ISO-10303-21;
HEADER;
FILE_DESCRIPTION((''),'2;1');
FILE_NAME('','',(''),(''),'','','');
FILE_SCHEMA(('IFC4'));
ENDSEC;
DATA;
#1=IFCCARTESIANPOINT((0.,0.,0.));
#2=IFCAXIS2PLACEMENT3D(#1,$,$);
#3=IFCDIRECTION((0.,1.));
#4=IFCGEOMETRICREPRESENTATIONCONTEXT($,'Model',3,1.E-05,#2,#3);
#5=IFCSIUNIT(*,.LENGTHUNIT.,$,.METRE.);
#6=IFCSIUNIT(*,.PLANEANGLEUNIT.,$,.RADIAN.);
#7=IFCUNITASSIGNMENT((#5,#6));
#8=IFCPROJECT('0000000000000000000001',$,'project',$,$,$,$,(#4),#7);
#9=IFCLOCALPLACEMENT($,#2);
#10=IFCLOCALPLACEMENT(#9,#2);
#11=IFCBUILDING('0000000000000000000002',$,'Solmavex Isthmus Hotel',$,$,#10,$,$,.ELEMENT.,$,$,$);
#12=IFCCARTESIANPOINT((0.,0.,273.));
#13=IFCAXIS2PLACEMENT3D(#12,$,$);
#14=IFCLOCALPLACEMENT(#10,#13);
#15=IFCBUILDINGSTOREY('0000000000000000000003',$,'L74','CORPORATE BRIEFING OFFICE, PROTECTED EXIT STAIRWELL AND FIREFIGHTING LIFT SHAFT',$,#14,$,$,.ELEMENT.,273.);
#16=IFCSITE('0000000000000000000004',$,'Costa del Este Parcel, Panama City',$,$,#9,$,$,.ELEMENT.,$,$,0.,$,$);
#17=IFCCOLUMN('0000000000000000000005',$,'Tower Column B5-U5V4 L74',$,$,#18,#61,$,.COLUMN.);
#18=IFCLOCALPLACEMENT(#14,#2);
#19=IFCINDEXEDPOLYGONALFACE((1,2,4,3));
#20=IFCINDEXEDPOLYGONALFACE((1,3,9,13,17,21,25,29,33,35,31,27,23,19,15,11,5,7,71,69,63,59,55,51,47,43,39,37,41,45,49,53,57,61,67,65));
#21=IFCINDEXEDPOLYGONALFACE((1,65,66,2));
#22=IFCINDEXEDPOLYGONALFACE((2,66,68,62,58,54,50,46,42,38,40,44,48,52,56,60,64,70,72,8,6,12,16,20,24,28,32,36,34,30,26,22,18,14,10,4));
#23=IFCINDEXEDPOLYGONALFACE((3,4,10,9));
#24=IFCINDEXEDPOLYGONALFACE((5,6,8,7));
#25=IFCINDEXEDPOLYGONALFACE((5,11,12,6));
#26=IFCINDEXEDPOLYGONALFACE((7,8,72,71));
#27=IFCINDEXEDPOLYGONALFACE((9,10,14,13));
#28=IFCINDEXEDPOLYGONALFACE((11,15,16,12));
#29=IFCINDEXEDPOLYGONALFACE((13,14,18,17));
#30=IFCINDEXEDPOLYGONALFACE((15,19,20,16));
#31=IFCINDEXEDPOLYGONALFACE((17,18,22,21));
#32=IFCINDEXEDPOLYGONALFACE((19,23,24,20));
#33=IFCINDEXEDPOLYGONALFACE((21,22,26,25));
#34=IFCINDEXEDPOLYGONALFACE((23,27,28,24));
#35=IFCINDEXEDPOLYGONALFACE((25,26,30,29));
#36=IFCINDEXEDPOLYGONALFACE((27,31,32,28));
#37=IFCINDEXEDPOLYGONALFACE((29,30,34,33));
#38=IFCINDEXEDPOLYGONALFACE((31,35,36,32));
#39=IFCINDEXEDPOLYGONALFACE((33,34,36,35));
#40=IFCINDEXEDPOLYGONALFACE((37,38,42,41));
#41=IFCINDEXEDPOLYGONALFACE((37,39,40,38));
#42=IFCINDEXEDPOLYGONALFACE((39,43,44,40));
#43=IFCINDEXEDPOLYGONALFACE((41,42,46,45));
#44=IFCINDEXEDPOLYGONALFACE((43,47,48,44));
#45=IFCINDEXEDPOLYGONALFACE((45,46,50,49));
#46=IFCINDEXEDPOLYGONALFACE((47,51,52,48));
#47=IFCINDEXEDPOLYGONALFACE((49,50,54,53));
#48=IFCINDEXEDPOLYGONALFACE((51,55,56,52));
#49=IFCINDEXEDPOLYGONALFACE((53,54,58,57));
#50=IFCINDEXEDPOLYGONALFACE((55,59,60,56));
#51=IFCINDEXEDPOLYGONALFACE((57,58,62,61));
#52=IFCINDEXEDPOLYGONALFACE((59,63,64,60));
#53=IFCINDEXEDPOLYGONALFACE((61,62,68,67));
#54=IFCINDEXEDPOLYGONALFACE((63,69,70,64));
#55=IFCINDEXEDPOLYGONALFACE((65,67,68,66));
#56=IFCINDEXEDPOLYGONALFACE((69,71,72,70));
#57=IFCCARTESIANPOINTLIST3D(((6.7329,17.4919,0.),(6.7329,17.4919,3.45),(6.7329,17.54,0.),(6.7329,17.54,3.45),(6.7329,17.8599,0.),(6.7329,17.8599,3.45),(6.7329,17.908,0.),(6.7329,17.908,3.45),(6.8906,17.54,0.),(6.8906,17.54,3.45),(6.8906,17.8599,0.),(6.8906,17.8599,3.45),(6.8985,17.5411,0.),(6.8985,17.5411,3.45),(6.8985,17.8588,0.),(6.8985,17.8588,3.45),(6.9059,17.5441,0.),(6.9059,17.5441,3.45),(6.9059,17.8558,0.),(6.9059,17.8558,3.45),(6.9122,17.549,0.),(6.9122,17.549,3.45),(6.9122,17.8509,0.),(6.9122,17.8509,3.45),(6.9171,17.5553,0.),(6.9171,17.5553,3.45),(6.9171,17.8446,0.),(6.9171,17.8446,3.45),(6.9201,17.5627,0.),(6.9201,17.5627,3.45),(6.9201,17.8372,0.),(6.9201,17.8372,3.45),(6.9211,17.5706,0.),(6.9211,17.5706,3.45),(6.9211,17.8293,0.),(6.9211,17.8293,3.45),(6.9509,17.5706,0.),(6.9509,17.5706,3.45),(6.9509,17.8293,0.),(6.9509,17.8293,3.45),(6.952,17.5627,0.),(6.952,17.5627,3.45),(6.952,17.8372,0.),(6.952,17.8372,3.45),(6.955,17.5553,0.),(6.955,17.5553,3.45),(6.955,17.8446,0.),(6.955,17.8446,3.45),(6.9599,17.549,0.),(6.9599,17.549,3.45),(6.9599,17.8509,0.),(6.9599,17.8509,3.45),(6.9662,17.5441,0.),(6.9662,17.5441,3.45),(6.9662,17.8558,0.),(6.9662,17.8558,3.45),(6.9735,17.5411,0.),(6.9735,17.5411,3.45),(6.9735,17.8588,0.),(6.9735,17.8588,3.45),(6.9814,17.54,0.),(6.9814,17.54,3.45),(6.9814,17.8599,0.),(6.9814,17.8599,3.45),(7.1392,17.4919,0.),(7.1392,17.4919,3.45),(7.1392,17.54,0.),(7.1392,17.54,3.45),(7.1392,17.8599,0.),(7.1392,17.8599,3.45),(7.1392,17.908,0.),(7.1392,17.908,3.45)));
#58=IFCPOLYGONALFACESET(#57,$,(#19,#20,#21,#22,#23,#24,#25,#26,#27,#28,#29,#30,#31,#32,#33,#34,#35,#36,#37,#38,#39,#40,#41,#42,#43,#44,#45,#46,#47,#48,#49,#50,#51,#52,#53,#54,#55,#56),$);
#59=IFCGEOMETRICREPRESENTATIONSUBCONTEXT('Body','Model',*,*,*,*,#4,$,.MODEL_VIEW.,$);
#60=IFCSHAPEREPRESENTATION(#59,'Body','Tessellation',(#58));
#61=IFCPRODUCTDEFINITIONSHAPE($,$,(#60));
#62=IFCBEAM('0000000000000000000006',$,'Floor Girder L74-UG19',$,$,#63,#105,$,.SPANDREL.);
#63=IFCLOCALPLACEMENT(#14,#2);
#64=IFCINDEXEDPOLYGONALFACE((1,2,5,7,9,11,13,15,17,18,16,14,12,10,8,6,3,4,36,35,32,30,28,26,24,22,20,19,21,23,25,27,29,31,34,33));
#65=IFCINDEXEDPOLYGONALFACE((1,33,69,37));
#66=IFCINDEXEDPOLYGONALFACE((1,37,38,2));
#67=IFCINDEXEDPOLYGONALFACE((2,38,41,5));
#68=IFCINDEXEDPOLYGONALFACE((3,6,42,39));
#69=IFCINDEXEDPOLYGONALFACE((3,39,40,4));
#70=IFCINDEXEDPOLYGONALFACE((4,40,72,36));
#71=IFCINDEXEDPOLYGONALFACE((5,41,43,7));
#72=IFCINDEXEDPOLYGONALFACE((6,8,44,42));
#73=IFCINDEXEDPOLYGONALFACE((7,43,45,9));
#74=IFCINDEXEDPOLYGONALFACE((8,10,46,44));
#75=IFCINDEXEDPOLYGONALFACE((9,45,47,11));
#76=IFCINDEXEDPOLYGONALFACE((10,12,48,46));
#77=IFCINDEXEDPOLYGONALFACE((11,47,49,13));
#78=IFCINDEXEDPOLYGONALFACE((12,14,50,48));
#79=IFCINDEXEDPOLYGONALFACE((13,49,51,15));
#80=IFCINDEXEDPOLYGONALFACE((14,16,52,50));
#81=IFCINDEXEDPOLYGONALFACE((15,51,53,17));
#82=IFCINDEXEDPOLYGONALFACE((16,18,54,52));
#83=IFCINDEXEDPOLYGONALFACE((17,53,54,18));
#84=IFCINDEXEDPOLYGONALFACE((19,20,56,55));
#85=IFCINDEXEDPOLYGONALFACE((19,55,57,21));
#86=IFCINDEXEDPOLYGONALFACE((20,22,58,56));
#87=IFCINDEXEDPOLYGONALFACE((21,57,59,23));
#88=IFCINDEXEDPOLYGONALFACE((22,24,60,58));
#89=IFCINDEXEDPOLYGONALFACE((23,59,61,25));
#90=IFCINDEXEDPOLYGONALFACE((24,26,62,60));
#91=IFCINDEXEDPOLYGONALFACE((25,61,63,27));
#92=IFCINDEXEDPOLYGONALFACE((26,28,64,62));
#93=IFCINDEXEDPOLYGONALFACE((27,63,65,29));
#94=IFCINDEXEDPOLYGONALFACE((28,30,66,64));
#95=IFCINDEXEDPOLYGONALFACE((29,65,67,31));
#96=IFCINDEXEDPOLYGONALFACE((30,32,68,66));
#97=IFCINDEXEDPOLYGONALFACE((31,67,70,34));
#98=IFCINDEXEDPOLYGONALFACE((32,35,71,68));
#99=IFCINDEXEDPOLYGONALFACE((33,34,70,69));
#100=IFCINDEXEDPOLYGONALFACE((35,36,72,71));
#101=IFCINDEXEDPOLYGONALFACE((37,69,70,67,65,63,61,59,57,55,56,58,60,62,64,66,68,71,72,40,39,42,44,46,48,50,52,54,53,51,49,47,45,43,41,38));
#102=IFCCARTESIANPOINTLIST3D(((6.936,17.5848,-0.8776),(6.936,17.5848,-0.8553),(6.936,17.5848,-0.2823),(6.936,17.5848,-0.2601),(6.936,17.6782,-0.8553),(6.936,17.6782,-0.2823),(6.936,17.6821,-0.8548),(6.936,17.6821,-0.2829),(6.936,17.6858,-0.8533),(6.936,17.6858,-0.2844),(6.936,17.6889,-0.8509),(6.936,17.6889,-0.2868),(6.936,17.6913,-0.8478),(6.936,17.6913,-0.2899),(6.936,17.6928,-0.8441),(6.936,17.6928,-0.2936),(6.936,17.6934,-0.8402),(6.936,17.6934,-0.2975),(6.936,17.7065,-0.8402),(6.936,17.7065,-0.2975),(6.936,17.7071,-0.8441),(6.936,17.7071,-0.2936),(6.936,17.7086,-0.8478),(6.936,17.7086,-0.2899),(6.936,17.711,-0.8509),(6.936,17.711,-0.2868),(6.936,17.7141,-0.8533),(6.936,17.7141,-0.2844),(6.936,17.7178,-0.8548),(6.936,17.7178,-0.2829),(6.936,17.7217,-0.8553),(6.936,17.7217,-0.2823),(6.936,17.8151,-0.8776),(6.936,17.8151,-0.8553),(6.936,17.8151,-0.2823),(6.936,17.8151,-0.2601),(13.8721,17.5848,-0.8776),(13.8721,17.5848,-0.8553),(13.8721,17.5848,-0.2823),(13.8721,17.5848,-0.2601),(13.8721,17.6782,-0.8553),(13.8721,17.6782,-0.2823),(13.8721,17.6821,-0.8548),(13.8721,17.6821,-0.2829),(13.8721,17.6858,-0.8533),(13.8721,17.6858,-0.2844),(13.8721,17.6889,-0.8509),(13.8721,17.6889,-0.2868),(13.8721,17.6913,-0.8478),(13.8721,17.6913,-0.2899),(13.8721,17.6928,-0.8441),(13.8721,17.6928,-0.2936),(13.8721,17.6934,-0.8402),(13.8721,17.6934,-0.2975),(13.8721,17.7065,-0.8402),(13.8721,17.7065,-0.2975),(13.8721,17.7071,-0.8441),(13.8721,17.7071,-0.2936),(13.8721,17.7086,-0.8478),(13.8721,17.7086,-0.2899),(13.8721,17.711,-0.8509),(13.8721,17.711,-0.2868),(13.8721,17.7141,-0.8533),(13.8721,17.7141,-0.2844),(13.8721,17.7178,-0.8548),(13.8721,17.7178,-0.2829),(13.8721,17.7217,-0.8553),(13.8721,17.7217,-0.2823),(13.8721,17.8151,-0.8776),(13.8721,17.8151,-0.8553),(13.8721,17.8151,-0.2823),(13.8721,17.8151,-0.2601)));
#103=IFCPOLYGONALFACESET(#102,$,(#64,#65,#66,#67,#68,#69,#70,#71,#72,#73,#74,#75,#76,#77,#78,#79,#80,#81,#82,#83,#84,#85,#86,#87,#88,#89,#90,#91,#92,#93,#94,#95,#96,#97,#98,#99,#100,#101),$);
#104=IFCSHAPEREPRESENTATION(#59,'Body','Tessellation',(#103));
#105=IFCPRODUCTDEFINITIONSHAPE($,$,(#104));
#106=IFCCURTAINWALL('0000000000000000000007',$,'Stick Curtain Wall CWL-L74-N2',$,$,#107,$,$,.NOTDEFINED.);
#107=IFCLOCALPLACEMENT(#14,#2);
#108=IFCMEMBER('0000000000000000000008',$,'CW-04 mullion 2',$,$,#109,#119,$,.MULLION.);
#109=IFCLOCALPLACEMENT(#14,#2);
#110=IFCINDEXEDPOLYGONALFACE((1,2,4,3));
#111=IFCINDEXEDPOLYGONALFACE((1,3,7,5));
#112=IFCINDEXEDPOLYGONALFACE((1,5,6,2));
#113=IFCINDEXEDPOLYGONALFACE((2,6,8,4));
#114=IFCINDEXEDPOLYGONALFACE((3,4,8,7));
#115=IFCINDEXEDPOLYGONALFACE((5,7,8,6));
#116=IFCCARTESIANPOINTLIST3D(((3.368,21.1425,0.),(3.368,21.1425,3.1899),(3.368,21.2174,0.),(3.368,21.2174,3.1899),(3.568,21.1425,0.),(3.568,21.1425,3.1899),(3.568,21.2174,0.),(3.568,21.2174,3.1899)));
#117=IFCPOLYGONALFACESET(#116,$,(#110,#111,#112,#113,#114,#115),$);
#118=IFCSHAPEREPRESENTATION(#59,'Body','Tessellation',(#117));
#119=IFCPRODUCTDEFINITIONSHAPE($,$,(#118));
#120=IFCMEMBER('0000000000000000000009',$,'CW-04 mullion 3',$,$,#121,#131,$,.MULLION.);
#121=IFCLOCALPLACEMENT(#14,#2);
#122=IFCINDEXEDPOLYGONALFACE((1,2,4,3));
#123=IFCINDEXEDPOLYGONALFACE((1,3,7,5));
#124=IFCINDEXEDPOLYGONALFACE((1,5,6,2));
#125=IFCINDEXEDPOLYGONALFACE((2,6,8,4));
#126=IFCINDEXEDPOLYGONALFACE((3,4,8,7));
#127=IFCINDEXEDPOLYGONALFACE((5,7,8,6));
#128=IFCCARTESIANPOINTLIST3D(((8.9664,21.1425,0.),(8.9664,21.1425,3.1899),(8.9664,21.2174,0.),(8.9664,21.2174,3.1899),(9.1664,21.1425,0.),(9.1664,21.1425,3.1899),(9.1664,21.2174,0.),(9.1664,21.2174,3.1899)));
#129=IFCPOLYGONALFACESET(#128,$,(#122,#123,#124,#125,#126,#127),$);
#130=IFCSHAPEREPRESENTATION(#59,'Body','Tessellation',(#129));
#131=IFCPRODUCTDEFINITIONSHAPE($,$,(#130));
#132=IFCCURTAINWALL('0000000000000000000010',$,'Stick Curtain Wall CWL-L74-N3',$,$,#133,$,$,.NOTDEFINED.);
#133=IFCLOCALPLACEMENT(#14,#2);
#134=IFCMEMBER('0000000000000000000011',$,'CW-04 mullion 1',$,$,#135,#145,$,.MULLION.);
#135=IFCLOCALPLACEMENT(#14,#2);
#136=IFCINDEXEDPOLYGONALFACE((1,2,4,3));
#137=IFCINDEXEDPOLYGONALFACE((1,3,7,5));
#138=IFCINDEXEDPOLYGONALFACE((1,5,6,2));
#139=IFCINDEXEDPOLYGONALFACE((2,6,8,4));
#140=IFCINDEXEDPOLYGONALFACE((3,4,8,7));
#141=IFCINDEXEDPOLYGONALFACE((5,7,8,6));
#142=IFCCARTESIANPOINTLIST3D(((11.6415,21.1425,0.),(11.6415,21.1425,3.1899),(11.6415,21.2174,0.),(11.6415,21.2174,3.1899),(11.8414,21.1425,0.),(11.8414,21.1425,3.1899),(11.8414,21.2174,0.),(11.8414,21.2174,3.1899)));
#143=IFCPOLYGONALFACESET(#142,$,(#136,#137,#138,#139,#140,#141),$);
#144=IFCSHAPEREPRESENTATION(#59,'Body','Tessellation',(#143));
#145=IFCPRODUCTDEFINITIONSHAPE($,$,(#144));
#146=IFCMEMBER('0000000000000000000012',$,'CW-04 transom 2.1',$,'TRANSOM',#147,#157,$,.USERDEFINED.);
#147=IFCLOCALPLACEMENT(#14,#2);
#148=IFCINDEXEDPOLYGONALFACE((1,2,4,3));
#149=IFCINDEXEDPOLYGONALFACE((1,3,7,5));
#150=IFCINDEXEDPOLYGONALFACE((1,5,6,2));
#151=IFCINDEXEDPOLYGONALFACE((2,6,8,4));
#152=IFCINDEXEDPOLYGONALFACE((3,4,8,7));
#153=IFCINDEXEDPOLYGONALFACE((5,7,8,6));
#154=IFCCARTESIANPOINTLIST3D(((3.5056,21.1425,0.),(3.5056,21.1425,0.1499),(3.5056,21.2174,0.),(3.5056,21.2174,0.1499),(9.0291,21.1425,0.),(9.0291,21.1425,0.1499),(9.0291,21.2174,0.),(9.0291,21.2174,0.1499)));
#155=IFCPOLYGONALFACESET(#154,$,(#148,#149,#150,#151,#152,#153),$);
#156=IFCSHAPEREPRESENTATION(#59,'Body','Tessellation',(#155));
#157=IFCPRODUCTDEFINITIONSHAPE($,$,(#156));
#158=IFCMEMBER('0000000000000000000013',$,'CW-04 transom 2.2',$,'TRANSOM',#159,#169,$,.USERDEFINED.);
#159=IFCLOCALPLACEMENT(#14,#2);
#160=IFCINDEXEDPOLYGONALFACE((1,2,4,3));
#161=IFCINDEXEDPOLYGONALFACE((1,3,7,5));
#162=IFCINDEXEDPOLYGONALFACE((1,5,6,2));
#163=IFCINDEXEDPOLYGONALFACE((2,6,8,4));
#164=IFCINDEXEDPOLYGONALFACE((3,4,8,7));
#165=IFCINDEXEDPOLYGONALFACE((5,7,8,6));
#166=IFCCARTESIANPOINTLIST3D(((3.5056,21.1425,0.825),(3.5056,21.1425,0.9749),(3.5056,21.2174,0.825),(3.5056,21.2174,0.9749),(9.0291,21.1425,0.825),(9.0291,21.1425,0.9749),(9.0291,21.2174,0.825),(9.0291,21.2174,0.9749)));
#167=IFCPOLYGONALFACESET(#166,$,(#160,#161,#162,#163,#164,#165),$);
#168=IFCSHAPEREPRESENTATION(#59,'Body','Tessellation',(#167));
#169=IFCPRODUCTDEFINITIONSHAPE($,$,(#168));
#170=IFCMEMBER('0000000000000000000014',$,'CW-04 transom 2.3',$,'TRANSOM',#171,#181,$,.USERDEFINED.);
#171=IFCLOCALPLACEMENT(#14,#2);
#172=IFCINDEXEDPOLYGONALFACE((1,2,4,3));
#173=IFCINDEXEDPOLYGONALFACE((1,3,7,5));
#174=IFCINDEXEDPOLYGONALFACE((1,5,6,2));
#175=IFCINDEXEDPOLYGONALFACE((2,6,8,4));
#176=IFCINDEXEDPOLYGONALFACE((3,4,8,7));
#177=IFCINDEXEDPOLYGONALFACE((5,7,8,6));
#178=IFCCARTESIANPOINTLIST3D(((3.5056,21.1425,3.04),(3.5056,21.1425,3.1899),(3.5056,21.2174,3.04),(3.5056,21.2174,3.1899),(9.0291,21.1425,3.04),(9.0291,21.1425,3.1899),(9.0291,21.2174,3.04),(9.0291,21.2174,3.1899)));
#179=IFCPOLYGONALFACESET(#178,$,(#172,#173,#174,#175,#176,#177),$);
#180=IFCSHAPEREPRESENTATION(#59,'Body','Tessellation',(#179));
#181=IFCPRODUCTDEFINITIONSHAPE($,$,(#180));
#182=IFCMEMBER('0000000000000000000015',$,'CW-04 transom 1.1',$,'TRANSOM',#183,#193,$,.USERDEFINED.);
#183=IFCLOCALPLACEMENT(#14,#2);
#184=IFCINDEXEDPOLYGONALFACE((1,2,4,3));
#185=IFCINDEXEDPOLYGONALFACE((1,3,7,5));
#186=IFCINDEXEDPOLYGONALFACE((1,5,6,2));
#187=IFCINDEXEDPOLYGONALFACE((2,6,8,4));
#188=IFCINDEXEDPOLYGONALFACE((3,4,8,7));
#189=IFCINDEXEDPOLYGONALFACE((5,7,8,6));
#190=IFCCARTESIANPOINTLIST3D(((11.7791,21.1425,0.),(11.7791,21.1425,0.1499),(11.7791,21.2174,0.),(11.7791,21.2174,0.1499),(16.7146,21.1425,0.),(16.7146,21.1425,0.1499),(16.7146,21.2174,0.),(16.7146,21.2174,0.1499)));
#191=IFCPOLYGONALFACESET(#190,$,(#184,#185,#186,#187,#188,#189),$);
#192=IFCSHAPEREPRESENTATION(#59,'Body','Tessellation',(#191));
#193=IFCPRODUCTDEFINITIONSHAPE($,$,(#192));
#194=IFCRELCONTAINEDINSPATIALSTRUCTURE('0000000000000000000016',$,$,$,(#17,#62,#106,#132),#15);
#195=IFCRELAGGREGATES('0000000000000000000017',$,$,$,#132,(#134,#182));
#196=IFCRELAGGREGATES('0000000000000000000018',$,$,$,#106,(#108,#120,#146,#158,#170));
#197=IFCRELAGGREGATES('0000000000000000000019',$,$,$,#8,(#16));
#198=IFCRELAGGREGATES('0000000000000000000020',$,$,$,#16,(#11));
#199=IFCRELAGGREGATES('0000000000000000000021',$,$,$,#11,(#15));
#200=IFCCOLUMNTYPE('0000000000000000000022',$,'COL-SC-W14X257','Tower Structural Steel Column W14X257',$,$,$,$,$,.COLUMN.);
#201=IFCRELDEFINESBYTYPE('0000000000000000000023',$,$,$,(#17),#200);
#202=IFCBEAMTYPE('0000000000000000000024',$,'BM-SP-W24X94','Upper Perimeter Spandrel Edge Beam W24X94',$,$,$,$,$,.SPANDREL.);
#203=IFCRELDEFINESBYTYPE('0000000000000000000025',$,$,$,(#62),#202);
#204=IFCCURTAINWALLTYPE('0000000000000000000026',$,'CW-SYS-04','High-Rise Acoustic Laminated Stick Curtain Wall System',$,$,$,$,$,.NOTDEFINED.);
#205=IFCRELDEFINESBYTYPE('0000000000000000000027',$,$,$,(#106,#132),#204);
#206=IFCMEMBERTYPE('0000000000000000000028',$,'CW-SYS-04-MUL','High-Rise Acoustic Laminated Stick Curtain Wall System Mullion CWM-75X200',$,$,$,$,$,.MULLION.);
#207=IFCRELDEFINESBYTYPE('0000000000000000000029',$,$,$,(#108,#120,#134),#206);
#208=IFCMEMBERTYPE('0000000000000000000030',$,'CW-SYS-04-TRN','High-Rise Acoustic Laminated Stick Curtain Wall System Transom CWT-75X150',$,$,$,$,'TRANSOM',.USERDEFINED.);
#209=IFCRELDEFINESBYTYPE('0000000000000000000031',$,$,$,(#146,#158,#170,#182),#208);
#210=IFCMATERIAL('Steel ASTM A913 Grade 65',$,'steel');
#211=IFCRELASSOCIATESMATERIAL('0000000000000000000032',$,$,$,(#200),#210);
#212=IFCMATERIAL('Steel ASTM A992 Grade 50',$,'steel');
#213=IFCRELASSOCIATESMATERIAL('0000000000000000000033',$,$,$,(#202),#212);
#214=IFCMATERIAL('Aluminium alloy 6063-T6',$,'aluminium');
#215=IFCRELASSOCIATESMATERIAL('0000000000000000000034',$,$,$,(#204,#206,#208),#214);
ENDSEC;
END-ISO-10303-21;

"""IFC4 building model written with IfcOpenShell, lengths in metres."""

from ifc_helpers import new_model, si_unit, direction, frame, origin, origin_2d, place, context, subcontext, project, spatial, rectangle, i_section, extrude, material, material_profile, profile_set, type_object, element, aggregate, save


model = new_model("IFC4")

# Units and contexts
model_context = context("Model", 3, precision=1e-05, world=origin(), true_north=direction((0.0, 1.0)))
body_context = subcontext(model_context, "Body", "Model", "MODEL_VIEW")
ifc_project = project(units=[si_unit("LENGTHUNIT", "METRE"), si_unit("PLANEANGLEUNIT", "RADIAN")], contexts=[model_context])

# Site, building, storey
site_placement = place(None, origin())
site = spatial("IfcSite", under=ifc_project, at=site_placement, Name="Costa del Este Parcel, Panama City", CompositionType="ELEMENT", RefElevation=0.0)
building_placement = place(site_placement, origin())
building = spatial("IfcBuilding", under=site, at=building_placement, Name="Solmavex Isthmus Hotel", CompositionType="ELEMENT")
storey_placement = place(building_placement, frame((0.0, 0.0, 273.0)))
storey = spatial("IfcBuildingStorey", under=building, at=storey_placement, Name="L74", Description="CORPORATE BRIEFING OFFICE, PROTECTED EXIT STAIRWELL AND FIREFIGHTING LIFT SHAFT", CompositionType="ELEMENT", Elevation=273.0)

# Column
ifc_material_1 = material(Name="Steel ASTM A913 Grade 65", Category="steel")
ifc_material_profile_1 = material_profile(ifc_material_1, i_section(OverallWidth=0.4062, OverallDepth=0.416, WebThickness=0.0298, FlangeThickness=0.0481, FilletRadius=0.0305, at=origin_2d()), Name="W14X257")
ifc_profile_set_1 = profile_set([ifc_material_profile_1], Name="Steel ASTM A913 Grade 65")
column_type = type_object("IfcColumnType", Name="COL-SC-W14X257", Description="Tower Structural Steel Column W14X257", PredefinedType="COLUMN", material=ifc_profile_set_1)
column_placement = place(storey_placement, frame((6.936, 17.7, 0.0), z_axis=(0.0, 0.0, 1.0), x_axis=(1.0, 0.0, 0.0)))
element("IfcColumn", 1, at=column_placement, inside=storey, type_object=column_type, Name="Tower Column B5-U5V4 L74", PredefinedType="COLUMN", context=body_context, shape_type="SweptSolid", body=[
    extrude(i_section(OverallWidth=0.4062, OverallDepth=0.416, WebThickness=0.0298, FlangeThickness=0.0481, FilletRadius=0.0305, at=origin_2d()), origin(), (0.0, 0.0, 1.0), 3.45),
])

# Beam
ifc_material_2 = material(Name="Steel ASTM A992 Grade 50", Category="steel")
ifc_material_profile_2 = material_profile(ifc_material_2, i_section(OverallWidth=0.2302, OverallDepth=0.6174, WebThickness=0.0132, FlangeThickness=0.0222, FilletRadius=0.0151, at=origin_2d()), Name="W24X94")
ifc_profile_set_2 = profile_set([ifc_material_profile_2], Name="Steel ASTM A992 Grade 50")
beam_type = type_object("IfcBeamType", Name="BM-SP-W24X94", Description="Upper Perimeter Spandrel Edge Beam W24X94", PredefinedType="SPANDREL", material=ifc_profile_set_2)
beam_placement = place(storey_placement, frame((6.936, 17.7, -0.5688), z_axis=(1.0, 0.0, 0.0), x_axis=(0.0, 1.0, 0.0)))
element("IfcBeam", 2, at=beam_placement, inside=storey, type_object=beam_type, Name="Floor Girder L74-UG19", PredefinedType="SPANDREL", context=body_context, shape_type="SweptSolid", body=[
    extrude(i_section(OverallWidth=0.2302, OverallDepth=0.6174, WebThickness=0.0132, FlangeThickness=0.0222, FilletRadius=0.0151, at=origin_2d()), origin(), (0.0, 0.0, 1.0), 6.936),
])

# Curtain wall, members
ifc_material_3 = material(Name="Aluminium alloy 6063-T6", Category="aluminium")
curtain_wall_type = type_object("IfcCurtainWallType", Name="CW-SYS-04", Description="High-Rise Acoustic Laminated Stick Curtain Wall System", PredefinedType="NOTDEFINED", material=ifc_material_3)
curtain_wall_1_placement = place(storey_placement, origin())
curtain_wall_1 = element("IfcCurtainWall", 3, at=curtain_wall_1_placement, inside=storey, type_object=curtain_wall_type, Name="Stick Curtain Wall CWL-L74-N2", PredefinedType="NOTDEFINED")
ifc_material_profile_3 = material_profile(ifc_material_3, rectangle(XDim=0.075, YDim=0.2, at=origin_2d()), Name="CWM-75X200")
ifc_profile_set_3 = profile_set([ifc_material_profile_3], Name="Aluminium alloy 6063-T6")
member_type_1 = type_object("IfcMemberType", Name="CW-SYS-04-MUL", Description="High-Rise Acoustic Laminated Stick Curtain Wall System Mullion CWM-75X200", PredefinedType="MULLION", material=ifc_profile_set_3)
member_1_placement = place(storey_placement, frame((3.468, 21.1799, 0.0), z_axis=(0.0, 0.0, 1.0), x_axis=(0.0, 1.0, 0.0)))
member_1 = element("IfcMember", 4, at=member_1_placement, type_object=member_type_1, Name="CW-04 mullion 2", PredefinedType="MULLION", context=body_context, shape_type="SweptSolid", body=[
    extrude(rectangle(XDim=0.075, YDim=0.2, at=origin_2d()), origin(), (0.0, 0.0, 1.0), 3.1899),
])
member_2_placement = place(storey_placement, frame((9.0664, 21.1799, 0.0), z_axis=(0.0, 0.0, 1.0), x_axis=(0.0, 1.0, 0.0)))
member_2 = element("IfcMember", 5, at=member_2_placement, type_object=member_type_1, Name="CW-04 mullion 3", PredefinedType="MULLION", context=body_context, shape_type="SweptSolid", body=[
    extrude(rectangle(XDim=0.075, YDim=0.2, at=origin_2d()), origin(), (0.0, 0.0, 1.0), 3.1899),
])

# Curtain wall, member
curtain_wall_2_placement = place(storey_placement, origin())
curtain_wall_2 = element("IfcCurtainWall", 6, at=curtain_wall_2_placement, inside=storey, type_object=curtain_wall_type, Name="Stick Curtain Wall CWL-L74-N3", PredefinedType="NOTDEFINED")
member_3_placement = place(storey_placement, frame((11.7415, 21.1799, 0.0), z_axis=(0.0, 0.0, 1.0), x_axis=(0.0, 1.0, 0.0)))
member_3 = element("IfcMember", 7, at=member_3_placement, type_object=member_type_1, Name="CW-04 mullion 1", PredefinedType="MULLION", context=body_context, shape_type="SweptSolid", body=[
    extrude(rectangle(XDim=0.075, YDim=0.2, at=origin_2d()), origin(), (0.0, 0.0, 1.0), 3.1899),
])

# Members
ifc_material_profile_4 = material_profile(ifc_material_3, rectangle(XDim=0.075, YDim=0.1499, at=origin_2d()), Name="CWT-75X150")
ifc_profile_set_4 = profile_set([ifc_material_profile_4], Name="Aluminium alloy 6063-T6")
member_type_2 = type_object("IfcMemberType", Name="CW-SYS-04-TRN", Description="High-Rise Acoustic Laminated Stick Curtain Wall System Transom CWT-75X150", ElementType="TRANSOM", PredefinedType="USERDEFINED", material=ifc_profile_set_4)
member_4_placement = place(storey_placement, frame((3.5056, 21.1799, 0.075), z_axis=(1.0, 0.0, 0.0), x_axis=(0.0, 1.0, 0.0)))
member_4 = element("IfcMember", 8, at=member_4_placement, type_object=member_type_2, Name="CW-04 transom 2.1", ObjectType="TRANSOM", PredefinedType="USERDEFINED", context=body_context, shape_type="SweptSolid", body=[
    extrude(rectangle(XDim=0.075, YDim=0.1499, at=origin_2d()), origin(), (0.0, 0.0, 1.0), 5.5234),
])
member_5_placement = place(storey_placement, frame((3.5056, 21.1799, 0.8999), z_axis=(1.0, 0.0, 0.0), x_axis=(0.0, 1.0, 0.0)))
member_5 = element("IfcMember", 9, at=member_5_placement, type_object=member_type_2, Name="CW-04 transom 2.2", ObjectType="TRANSOM", PredefinedType="USERDEFINED", context=body_context, shape_type="SweptSolid", body=[
    extrude(rectangle(XDim=0.075, YDim=0.1499, at=origin_2d()), origin(), (0.0, 0.0, 1.0), 5.5234),
])
member_6_placement = place(storey_placement, frame((3.5056, 21.1799, 3.115), z_axis=(1.0, 0.0, 0.0), x_axis=(0.0, 1.0, 0.0)))
member_6 = element("IfcMember", 10, at=member_6_placement, type_object=member_type_2, Name="CW-04 transom 2.3", ObjectType="TRANSOM", PredefinedType="USERDEFINED", context=body_context, shape_type="SweptSolid", body=[
    extrude(rectangle(XDim=0.075, YDim=0.1499, at=origin_2d()), origin(), (0.0, 0.0, 1.0), 5.5234),
])
member_7_placement = place(storey_placement, frame((11.7791, 21.1799, 0.075), z_axis=(1.0, 0.0, 0.0), x_axis=(0.0, 1.0, 0.0)))
member_7 = element("IfcMember", 11, at=member_7_placement, type_object=member_type_2, Name="CW-04 transom 1.1", ObjectType="TRANSOM", PredefinedType="USERDEFINED", context=body_context, shape_type="SweptSolid", body=[
    extrude(rectangle(XDim=0.075, YDim=0.1499, at=origin_2d()), origin(), (0.0, 0.0, 1.0), 4.9355),
])
aggregate(curtain_wall_2, [member_3, member_7])

aggregate(curtain_wall_1, [member_1, member_2, member_4, member_5, member_6])

save(model, "model.ifc")
